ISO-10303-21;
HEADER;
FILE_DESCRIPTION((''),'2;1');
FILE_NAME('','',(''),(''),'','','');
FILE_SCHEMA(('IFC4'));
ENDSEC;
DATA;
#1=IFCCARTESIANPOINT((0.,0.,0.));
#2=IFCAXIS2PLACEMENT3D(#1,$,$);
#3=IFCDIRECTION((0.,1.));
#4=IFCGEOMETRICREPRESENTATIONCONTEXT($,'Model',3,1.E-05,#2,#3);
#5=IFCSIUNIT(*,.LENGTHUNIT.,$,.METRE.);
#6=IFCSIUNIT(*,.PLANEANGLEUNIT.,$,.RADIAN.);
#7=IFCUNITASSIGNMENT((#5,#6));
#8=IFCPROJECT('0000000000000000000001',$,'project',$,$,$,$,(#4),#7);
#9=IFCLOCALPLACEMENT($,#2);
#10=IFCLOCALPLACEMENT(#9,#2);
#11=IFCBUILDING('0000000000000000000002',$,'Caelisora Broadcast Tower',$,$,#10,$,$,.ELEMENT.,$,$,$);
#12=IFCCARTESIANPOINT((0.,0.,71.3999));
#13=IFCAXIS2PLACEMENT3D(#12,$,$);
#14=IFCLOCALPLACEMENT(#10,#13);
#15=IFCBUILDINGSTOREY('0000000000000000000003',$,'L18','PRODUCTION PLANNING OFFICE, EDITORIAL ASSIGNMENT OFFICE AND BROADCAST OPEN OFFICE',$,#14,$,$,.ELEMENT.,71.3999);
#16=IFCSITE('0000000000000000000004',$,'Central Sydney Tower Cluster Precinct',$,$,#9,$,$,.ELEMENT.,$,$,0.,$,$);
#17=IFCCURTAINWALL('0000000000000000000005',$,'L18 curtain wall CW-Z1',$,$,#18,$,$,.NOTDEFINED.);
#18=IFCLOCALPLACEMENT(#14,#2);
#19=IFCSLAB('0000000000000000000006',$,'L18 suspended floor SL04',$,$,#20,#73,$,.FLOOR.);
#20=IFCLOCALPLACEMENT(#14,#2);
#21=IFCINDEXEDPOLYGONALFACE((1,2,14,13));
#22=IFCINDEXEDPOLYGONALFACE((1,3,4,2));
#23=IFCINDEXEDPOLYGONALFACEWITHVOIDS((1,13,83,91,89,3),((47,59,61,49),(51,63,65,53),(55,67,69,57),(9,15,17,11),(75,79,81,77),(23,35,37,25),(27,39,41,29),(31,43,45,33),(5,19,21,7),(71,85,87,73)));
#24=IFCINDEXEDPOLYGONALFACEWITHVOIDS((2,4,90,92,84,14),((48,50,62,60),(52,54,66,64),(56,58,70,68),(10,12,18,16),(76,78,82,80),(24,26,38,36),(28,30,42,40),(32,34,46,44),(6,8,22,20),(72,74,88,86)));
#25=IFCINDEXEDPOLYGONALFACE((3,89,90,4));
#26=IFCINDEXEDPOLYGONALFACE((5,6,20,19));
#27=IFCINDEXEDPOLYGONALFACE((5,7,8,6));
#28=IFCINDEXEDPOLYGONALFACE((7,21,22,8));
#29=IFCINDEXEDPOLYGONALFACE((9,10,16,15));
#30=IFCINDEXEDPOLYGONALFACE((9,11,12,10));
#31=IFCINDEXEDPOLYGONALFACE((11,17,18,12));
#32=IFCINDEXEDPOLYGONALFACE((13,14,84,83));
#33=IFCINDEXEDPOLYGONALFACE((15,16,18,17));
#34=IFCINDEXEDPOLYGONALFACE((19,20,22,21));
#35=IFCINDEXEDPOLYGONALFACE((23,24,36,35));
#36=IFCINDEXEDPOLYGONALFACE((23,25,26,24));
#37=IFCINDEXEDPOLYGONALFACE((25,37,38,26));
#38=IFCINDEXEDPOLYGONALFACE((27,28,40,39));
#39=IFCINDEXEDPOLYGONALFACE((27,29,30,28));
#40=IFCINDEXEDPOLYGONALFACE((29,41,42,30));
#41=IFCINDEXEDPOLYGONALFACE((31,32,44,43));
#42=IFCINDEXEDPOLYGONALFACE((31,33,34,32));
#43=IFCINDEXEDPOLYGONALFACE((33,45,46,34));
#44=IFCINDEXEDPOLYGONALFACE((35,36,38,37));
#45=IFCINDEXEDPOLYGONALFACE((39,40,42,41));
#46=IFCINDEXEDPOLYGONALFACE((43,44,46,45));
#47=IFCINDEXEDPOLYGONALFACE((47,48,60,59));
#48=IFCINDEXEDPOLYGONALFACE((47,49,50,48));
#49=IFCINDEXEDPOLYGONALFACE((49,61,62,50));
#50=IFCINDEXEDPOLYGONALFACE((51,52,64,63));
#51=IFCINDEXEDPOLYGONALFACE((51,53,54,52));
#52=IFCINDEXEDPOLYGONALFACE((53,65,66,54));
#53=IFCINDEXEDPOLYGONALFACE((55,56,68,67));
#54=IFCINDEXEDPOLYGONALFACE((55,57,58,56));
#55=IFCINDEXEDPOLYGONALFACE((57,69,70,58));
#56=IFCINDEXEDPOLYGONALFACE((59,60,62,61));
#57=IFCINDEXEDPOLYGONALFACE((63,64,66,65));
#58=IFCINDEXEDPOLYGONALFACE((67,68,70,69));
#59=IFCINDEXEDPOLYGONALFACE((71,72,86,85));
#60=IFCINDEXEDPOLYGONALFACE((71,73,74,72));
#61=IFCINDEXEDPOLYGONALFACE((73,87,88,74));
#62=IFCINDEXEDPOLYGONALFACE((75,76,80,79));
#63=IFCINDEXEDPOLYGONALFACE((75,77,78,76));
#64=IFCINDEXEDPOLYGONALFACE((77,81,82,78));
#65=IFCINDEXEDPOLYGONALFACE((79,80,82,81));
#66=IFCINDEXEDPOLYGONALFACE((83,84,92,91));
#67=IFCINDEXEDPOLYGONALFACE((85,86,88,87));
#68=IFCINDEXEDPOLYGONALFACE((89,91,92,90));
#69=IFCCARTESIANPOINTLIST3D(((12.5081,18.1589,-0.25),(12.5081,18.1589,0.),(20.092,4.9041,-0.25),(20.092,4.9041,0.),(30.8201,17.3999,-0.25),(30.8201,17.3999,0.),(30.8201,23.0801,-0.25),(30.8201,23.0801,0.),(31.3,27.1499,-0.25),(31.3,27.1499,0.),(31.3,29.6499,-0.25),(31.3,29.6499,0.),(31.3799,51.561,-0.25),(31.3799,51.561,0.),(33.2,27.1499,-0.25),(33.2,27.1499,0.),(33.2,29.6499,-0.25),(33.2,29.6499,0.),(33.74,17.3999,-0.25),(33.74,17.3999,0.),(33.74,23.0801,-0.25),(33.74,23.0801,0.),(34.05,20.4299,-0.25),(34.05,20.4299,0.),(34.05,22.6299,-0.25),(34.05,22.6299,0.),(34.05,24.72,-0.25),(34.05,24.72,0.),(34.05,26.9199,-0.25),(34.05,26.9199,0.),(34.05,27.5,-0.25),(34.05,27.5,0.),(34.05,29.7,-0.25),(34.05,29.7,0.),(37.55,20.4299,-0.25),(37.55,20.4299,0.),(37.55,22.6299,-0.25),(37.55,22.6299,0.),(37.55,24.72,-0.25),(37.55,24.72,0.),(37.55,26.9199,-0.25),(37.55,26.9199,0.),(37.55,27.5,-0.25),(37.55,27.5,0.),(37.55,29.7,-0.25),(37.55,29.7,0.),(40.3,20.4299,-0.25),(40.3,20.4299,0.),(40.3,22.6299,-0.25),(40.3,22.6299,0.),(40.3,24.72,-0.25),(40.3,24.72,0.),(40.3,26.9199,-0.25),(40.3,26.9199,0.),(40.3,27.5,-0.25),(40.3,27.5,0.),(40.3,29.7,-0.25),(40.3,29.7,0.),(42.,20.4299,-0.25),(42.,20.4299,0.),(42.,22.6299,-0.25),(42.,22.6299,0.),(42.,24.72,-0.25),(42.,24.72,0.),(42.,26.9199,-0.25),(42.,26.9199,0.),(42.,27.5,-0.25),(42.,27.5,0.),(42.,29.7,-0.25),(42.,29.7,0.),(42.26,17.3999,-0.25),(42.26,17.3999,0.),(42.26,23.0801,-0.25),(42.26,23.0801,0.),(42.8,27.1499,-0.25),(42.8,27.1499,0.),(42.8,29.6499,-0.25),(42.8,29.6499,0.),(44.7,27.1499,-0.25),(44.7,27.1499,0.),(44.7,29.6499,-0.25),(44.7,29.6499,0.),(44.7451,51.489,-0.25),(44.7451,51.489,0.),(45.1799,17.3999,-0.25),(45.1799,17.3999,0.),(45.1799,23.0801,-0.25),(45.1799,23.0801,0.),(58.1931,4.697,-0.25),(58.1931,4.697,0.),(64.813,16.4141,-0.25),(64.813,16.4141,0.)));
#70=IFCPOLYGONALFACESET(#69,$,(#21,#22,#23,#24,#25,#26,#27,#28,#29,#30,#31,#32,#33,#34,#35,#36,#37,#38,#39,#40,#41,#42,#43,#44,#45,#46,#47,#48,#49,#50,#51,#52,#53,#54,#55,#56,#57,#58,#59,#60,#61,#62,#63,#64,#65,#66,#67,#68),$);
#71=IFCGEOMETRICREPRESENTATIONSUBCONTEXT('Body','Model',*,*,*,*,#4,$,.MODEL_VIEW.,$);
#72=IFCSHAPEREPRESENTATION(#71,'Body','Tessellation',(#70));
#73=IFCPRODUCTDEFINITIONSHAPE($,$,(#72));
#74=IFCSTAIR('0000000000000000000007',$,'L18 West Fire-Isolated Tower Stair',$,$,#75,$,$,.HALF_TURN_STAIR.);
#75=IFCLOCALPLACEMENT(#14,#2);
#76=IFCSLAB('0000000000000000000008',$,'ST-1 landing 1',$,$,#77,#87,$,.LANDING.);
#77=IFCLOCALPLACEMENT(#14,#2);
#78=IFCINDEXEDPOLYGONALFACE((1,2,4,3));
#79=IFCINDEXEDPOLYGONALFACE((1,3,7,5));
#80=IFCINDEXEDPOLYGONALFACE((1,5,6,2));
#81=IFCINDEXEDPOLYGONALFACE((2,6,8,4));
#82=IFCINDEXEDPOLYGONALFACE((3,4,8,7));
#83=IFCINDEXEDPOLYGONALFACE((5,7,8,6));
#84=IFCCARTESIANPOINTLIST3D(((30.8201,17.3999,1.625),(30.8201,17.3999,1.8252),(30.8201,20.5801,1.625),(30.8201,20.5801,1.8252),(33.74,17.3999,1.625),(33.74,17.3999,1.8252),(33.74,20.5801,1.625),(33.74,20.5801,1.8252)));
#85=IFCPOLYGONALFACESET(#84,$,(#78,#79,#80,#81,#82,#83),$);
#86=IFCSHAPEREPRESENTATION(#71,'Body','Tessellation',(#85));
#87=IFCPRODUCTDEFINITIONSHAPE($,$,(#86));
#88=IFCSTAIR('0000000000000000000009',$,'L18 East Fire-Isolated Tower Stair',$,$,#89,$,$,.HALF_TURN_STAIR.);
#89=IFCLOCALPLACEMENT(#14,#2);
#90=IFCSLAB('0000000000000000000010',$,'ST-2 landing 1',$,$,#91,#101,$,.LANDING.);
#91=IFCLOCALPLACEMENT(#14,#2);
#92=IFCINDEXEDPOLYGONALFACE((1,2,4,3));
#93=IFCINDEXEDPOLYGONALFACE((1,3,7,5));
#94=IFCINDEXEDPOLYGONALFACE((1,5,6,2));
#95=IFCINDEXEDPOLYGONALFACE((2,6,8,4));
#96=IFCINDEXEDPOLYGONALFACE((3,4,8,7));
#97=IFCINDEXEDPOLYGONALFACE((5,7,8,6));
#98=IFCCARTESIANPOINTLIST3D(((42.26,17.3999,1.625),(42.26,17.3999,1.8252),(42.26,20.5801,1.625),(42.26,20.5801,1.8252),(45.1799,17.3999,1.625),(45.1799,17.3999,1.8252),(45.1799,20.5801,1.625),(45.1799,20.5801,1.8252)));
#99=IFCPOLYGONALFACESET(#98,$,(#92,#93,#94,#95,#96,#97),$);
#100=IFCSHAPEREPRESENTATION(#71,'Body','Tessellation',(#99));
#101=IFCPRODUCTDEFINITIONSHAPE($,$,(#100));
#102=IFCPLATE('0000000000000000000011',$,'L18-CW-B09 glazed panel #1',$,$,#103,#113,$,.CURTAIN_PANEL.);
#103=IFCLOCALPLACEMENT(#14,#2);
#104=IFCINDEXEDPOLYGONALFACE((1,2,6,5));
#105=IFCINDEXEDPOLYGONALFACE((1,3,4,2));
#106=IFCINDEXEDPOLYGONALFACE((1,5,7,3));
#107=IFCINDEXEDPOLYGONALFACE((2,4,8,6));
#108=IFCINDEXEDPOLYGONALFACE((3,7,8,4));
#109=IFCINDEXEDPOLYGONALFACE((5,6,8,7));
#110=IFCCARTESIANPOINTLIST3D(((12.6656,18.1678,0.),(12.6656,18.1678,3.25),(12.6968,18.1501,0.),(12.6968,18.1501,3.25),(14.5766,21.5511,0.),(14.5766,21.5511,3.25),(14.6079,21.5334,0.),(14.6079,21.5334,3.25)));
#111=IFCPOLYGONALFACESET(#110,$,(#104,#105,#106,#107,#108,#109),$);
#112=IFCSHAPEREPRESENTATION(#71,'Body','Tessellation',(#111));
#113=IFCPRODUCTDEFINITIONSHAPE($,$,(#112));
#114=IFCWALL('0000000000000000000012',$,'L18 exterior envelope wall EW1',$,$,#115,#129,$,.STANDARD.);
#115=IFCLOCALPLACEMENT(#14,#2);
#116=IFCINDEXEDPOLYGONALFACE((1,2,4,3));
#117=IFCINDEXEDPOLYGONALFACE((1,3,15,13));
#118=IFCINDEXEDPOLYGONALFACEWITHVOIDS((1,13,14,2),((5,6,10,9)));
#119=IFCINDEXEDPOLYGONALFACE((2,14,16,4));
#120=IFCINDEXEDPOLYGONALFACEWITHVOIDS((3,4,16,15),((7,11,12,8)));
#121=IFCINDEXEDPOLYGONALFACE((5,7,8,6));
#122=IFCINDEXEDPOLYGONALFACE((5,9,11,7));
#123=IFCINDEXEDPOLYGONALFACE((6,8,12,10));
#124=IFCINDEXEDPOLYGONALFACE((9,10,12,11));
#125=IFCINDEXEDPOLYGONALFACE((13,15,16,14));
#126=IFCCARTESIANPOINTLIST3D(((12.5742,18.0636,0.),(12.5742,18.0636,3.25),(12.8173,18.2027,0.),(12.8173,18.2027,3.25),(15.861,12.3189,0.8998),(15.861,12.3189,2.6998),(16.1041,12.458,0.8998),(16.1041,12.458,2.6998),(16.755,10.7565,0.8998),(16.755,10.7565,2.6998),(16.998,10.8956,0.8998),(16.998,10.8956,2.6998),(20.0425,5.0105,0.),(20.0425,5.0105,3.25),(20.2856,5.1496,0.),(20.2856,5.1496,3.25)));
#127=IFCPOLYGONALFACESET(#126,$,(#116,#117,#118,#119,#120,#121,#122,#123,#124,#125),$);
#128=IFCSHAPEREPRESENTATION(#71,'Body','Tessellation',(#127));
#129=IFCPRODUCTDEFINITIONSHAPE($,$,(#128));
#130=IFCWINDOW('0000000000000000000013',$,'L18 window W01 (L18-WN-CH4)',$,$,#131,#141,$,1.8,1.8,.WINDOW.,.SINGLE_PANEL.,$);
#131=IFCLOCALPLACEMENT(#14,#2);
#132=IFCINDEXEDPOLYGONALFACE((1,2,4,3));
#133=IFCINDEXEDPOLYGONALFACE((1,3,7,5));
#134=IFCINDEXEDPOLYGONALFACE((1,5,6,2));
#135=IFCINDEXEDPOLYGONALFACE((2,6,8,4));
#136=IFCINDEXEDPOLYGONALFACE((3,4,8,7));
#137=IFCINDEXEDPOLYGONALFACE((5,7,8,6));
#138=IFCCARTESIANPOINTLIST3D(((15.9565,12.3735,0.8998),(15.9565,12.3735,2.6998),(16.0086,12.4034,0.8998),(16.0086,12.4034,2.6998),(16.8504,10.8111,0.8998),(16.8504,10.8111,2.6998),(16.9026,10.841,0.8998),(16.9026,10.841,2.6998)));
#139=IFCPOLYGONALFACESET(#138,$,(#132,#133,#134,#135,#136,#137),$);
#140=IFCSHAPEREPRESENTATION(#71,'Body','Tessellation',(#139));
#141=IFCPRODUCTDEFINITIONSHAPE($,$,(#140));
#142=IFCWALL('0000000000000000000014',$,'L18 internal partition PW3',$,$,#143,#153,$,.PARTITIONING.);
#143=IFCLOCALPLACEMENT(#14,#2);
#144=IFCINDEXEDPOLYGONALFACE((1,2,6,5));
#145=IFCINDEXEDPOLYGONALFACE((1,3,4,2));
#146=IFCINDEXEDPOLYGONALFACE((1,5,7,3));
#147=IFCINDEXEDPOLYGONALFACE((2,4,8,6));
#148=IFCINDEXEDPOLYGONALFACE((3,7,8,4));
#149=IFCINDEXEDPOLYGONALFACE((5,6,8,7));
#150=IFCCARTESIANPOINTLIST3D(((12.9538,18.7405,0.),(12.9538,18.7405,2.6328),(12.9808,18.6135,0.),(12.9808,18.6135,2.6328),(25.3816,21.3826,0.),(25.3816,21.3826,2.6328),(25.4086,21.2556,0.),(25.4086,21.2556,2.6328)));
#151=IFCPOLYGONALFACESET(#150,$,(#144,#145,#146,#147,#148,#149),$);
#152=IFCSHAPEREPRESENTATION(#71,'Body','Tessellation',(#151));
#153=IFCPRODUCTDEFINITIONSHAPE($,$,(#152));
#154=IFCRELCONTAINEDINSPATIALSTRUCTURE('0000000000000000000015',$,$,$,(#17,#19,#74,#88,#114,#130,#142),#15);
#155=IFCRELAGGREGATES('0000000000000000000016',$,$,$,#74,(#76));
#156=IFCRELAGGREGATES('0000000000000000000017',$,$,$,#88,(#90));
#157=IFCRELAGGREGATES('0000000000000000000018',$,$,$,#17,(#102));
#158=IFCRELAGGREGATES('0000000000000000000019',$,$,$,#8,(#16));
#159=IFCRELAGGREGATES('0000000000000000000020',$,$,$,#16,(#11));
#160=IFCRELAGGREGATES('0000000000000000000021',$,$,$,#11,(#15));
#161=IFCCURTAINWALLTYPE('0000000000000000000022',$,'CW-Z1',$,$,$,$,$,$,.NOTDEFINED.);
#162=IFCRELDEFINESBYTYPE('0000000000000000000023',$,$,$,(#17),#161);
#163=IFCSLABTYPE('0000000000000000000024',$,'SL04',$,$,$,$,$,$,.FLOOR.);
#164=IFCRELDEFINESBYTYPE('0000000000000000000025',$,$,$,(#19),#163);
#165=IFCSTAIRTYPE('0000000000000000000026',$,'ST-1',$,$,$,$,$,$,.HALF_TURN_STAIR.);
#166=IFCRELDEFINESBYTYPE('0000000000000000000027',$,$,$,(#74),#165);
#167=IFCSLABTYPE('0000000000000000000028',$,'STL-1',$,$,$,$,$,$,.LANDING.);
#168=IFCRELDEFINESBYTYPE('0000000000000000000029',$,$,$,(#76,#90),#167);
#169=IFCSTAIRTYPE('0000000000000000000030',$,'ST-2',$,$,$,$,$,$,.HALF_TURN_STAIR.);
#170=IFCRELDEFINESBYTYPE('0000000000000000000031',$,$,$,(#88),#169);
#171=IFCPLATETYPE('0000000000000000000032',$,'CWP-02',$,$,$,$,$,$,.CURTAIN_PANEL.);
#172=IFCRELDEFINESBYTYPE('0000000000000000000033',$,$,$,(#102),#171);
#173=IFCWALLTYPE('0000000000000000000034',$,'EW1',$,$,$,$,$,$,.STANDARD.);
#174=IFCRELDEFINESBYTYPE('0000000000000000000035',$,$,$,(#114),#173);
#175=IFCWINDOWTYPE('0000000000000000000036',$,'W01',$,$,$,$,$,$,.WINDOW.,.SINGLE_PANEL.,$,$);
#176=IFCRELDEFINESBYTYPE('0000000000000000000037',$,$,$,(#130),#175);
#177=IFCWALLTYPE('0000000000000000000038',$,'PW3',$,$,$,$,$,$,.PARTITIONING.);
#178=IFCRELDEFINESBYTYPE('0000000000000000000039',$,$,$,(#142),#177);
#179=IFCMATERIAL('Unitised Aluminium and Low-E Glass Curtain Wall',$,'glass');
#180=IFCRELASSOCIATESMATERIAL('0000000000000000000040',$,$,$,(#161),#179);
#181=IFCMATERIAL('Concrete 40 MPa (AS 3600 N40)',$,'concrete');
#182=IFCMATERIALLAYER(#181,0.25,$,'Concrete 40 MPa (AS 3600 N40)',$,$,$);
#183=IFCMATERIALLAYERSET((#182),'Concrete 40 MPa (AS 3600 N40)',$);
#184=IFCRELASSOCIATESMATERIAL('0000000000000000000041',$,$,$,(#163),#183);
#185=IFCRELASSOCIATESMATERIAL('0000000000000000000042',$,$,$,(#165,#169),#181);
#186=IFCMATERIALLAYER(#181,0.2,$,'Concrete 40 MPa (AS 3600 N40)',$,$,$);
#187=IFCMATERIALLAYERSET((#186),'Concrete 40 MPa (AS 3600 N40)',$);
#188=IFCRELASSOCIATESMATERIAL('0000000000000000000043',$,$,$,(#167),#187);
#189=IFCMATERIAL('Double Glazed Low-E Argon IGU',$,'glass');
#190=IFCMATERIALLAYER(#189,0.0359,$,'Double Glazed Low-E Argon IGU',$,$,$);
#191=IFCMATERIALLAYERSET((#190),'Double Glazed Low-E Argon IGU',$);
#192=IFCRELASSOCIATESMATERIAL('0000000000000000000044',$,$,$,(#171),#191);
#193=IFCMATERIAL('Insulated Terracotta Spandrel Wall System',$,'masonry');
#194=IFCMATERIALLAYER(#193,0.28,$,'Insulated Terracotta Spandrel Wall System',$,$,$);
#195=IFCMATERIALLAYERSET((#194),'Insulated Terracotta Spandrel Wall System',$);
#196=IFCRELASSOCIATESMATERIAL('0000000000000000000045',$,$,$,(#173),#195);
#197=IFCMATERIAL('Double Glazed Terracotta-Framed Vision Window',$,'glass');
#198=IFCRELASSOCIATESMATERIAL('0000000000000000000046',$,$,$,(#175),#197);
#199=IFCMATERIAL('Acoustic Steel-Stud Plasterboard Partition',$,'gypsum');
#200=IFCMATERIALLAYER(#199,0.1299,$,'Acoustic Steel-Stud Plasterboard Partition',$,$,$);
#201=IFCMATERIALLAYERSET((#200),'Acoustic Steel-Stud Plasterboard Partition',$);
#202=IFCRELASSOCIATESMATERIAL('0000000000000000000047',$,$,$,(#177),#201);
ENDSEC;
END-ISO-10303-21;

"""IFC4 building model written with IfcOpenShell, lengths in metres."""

from ifc_helpers import new_model, si_unit, direction, frame, frame_2d, origin, origin_2d, place, context, subcontext, project, spatial, polyline, rectangle, outline, extrude, source, transform, mapped, material, layer, layer_set, type_object, type_shapes, element, fill, aggregate, save


model = new_model("IFC4")

# Units and contexts
model_context = context("Model", 3, precision=1e-05, world=origin(), true_north=direction((0.0, 1.0)))
body_context = subcontext(model_context, "Body", "Model", "MODEL_VIEW")
ifc_project = project(units=[si_unit("LENGTHUNIT", "METRE"), si_unit("PLANEANGLEUNIT", "RADIAN")], contexts=[model_context])

# Site, building, storey
site_placement = place(None, origin())
site = spatial("IfcSite", under=ifc_project, at=site_placement, Name="Central Sydney Tower Cluster Precinct", CompositionType="ELEMENT", RefElevation=0.0)
building_placement = place(site_placement, origin())
building = spatial("IfcBuilding", under=site, at=building_placement, Name="Caelisora Broadcast Tower", CompositionType="ELEMENT")
storey_placement = place(building_placement, frame((0.0, 0.0, 71.3999)))
storey = spatial("IfcBuildingStorey", under=building, at=storey_placement, Name="L18", Description="PRODUCTION PLANNING OFFICE, EDITORIAL ASSIGNMENT OFFICE AND BROADCAST OPEN OFFICE", CompositionType="ELEMENT", Elevation=71.3999)

# Curtain wall
ifc_material_1 = material(Name="Unitised Aluminium and Low-E Glass Curtain Wall", Category="glass")
curtain_wall_type = type_object("IfcCurtainWallType", Name="CW-Z1", PredefinedType="NOTDEFINED", material=ifc_material_1)
curtain_wall_placement = place(storey_placement, origin())
curtain_wall = element("IfcCurtainWall", 1, at=curtain_wall_placement, inside=storey, type_object=curtain_wall_type, Name="L18 curtain wall CW-Z1", PredefinedType="NOTDEFINED")

# Slab
ifc_material_2 = material(Name="Concrete 40 MPa (AS 3600 N40)", Category="concrete")
ifc_layer_1 = layer(ifc_material_2, 0.25, Name="Concrete 40 MPa (AS 3600 N40)")
ifc_layer_set_1 = layer_set([ifc_layer_1], Name="Concrete 40 MPa (AS 3600 N40)")
slab_type_1 = type_object("IfcSlabType", Name="SL04", PredefinedType="FLOOR", material=ifc_layer_set_1)
slab_1_placement = place(storey_placement, frame((0.0, 0.0, -0.25)))
element("IfcSlab", 2, at=slab_1_placement, inside=storey, type_object=slab_type_1, Name="L18 suspended floor SL04", PredefinedType="FLOOR", context=body_context, shape_type="SweptSolid", body=[
    extrude(outline(polyline([(44.7451, 51.489), (31.3799, 51.561), (12.5081, 18.1589), (20.092, 4.9041), (58.1931, 4.697), (64.813, 16.4141), (44.7451, 51.489)]), holes=[polyline([(30.8201, 17.3999), (33.74, 17.3999), (33.74, 23.0801), (30.8201, 23.0801), (30.8201, 17.3999)]), polyline([(42.26, 17.3999), (45.1799, 17.3999), (45.1799, 23.0801), (42.26, 23.0801), (42.26, 17.3999)]), polyline([(42.8, 27.1499), (44.7, 27.1499), (44.7, 29.6499), (42.8, 29.6499), (42.8, 27.1499)]), polyline([(40.3, 20.4299), (42.0, 20.4299), (42.0, 22.6299), (40.3, 22.6299), (40.3, 20.4299)]), polyline([(40.3, 24.72), (42.0, 24.72), (42.0, 26.9199), (40.3, 26.9199), (40.3, 24.72)]), polyline([(40.3, 27.5), (42.0, 27.5), (42.0, 29.7), (40.3, 29.7), (40.3, 27.5)]), polyline([(34.05, 20.4299), (37.55, 20.4299), (37.55, 22.6299), (34.05, 22.6299), (34.05, 20.4299)]), polyline([(34.05, 24.72), (37.55, 24.72), (37.55, 26.9199), (34.05, 26.9199), (34.05, 24.72)]), polyline([(34.05, 27.5), (37.55, 27.5), (37.55, 29.7), (34.05, 29.7), (34.05, 27.5)]), polyline([(31.3, 27.1499), (33.2, 27.1499), (33.2, 29.6499), (31.3, 29.6499), (31.3, 27.1499)])]), origin(), (0.0, 0.0, 1.0), 0.25),
])

# Stairs, slabs
stair_type_1 = type_object("IfcStairType", Name="ST-1", PredefinedType="HALF_TURN_STAIR", material=ifc_material_2)
stair_1_placement = place(storey_placement, origin())
stair_1 = element("IfcStair", 3, at=stair_1_placement, inside=storey, type_object=stair_type_1, Name="L18 West Fire-Isolated Tower Stair", PredefinedType="HALF_TURN_STAIR")
ifc_layer_2 = layer(ifc_material_2, 0.2, Name="Concrete 40 MPa (AS 3600 N40)")
ifc_layer_set_2 = layer_set([ifc_layer_2], Name="Concrete 40 MPa (AS 3600 N40)")
slab_type_2 = type_object("IfcSlabType", Name="STL-1", PredefinedType="LANDING", material=ifc_layer_set_2)
slab_2_placement = place(storey_placement, frame((0.0, 0.0, 1.625)))
slab_2 = element("IfcSlab", 4, at=slab_2_placement, type_object=slab_type_2, Name="ST-1 landing 1", PredefinedType="LANDING", context=body_context, shape_type="SweptSolid", body=[
    extrude(outline(polyline([(30.8201, 20.5801), (30.8201, 17.3999), (33.74, 17.3999), (33.74, 20.5801), (30.8201, 20.5801)])), origin(), (0.0, 0.0, 1.0), 0.2002),
])
aggregate(stair_1, [slab_2])
stair_type_2 = type_object("IfcStairType", Name="ST-2", PredefinedType="HALF_TURN_STAIR", material=ifc_material_2)
stair_2_placement = place(storey_placement, origin())
stair_2 = element("IfcStair", 5, at=stair_2_placement, inside=storey, type_object=stair_type_2, Name="L18 East Fire-Isolated Tower Stair", PredefinedType="HALF_TURN_STAIR")
slab_3_placement = place(storey_placement, frame((0.0, 0.0, 1.625)))
slab_3 = element("IfcSlab", 6, at=slab_3_placement, type_object=slab_type_2, Name="ST-2 landing 1", PredefinedType="LANDING", context=body_context, shape_type="SweptSolid", body=[
    extrude(outline(polyline([(42.26, 20.5801), (42.26, 17.3999), (45.1799, 17.3999), (45.1799, 20.5801), (42.26, 20.5801)])), origin(), (0.0, 0.0, 1.0), 0.2002),
])
aggregate(stair_2, [slab_3])

# Plate
ifc_material_3 = material(Name="Double Glazed Low-E Argon IGU", Category="glass")
ifc_layer_3 = layer(ifc_material_3, 0.0359, Name="Double Glazed Low-E Argon IGU")
ifc_layer_set_3 = layer_set([ifc_layer_3], Name="Double Glazed Low-E Argon IGU")
plate_type = type_object("IfcPlateType", Name="CWP-02", PredefinedType="CURTAIN_PANEL", material=ifc_layer_set_3)
shared_shape_1 = source(origin(), body_context, "Body", "SweptSolid", [
    extrude(rectangle(XDim=3.8857, YDim=0.0359, at=origin_2d()), origin(), (0.0, 0.0, 1.0), 3.25),
])
type_shapes(plate_type, [shared_shape_1])
plate_placement = place(storey_placement, frame((13.6367, 19.8506, 0.0), z_axis=(0.0, 0.0, 1.0), x_axis=(0.491816, 0.870699, 0.0)))
plate = element("IfcPlate", 7, at=plate_placement, type_object=plate_type, Name="L18-CW-B09 glazed panel #1", PredefinedType="CURTAIN_PANEL", context=body_context, shape_type="MappedRepresentation", body=[
    mapped(shared_shape_1, transform((0.0, 0.0, 0.0), scale=1.0)),
])
aggregate(curtain_wall, [plate])

# Wall, opening, window
ifc_material_4 = material(Name="Insulated Terracotta Spandrel Wall System", Category="masonry")
ifc_layer_4 = layer(ifc_material_4, 0.28, Name="Insulated Terracotta Spandrel Wall System")
ifc_layer_set_4 = layer_set([ifc_layer_4], Name="Insulated Terracotta Spandrel Wall System")
wall_type_1 = type_object("IfcWallType", Name="EW1", PredefinedType="STANDARD", material=ifc_layer_set_4)
wall_1_placement = place(storey_placement, frame((20.1641, 5.0801, 0.0), z_axis=(0.0, 0.0, 1.0), x_axis=(-0.496611, 0.867973, 0.0)))
wall_1 = element("IfcWall", 8, at=wall_1_placement, inside=storey, type_object=wall_type_1, Name="L18 exterior envelope wall EW1", PredefinedType="STANDARD", context=body_context, shape_type="SweptSolid", body=[
    extrude(rectangle(XDim=15.0386, YDim=0.28, at=frame_2d((7.5193, 0.0))), origin(), (0.0, 0.0, 1.0), 3.25),
])
opening_1_placement = place(wall_1_placement, frame((6.6201, 0.0, 0.8999)))
opening_1 = element("IfcOpeningElement", 9, at=opening_1_placement, cuts=wall_1, PredefinedType="OPENING", context=body_context, shape_type="SweptSolid", body=[
    extrude(rectangle(XDim=1.8, YDim=1.8, at=frame_2d((0.8999, 0.8999))), frame((0.0, 0.1521, 0.0), z_axis=(0.0, -1.0, 0.0), x_axis=(1.0, 0.0, 0.0)), (0.0, 0.0, 1.0), 0.304),
])
ifc_material_5 = material(Name="Double Glazed Terracotta-Framed Vision Window", Category="glass")
window_type = type_object("IfcWindowType", Name="W01", PartitioningType="SINGLE_PANEL", PredefinedType="WINDOW", material=ifc_material_5)
window_placement = place(opening_1_placement, origin())
window = element("IfcWindow", 10, at=window_placement, inside=storey, type_object=window_type, Name="L18 window W01 (L18-WN-CH4)", OverallHeight=1.8, OverallWidth=1.8, PartitioningType="SINGLE_PANEL", PredefinedType="WINDOW", context=body_context, shape_type="SweptSolid", body=[
    extrude(rectangle(XDim=1.8, YDim=1.8, at=frame_2d((0.8999, 0.8999))), frame((0.0, 0.03, 0.0), z_axis=(0.0, -1.0, 0.0), x_axis=(1.0, 0.0, 0.0)), (0.0, 0.0, 1.0), 0.0601),
])
fill(opening_1, window)

# Wall
ifc_material_6 = material(Name="Acoustic Steel-Stud Plasterboard Partition", Category="gypsum")
ifc_layer_5 = layer(ifc_material_6, 0.1299, Name="Acoustic Steel-Stud Plasterboard Partition")
ifc_layer_set_5 = layer_set([ifc_layer_5], Name="Acoustic Steel-Stud Plasterboard Partition")
wall_type_2 = type_object("IfcWallType", Name="PW3", PredefinedType="PARTITIONING", material=ifc_layer_set_5)
wall_2_placement = place(storey_placement, frame((12.9673, 18.677, 0.0), z_axis=(0.0, 0.0, 1.0), x_axis=(0.97814, 0.207949, 0.0)))
element("IfcWall", 11, at=wall_2_placement, inside=storey, type_object=wall_type_2, Name="L18 internal partition PW3", PredefinedType="PARTITIONING", context=body_context, shape_type="SweptSolid", body=[
    extrude(rectangle(XDim=12.7056, YDim=0.1299, at=frame_2d((6.3528, 0.0))), origin(), (0.0, 0.0, 1.0), 2.6328),
])

save(model, "model.ifc")
